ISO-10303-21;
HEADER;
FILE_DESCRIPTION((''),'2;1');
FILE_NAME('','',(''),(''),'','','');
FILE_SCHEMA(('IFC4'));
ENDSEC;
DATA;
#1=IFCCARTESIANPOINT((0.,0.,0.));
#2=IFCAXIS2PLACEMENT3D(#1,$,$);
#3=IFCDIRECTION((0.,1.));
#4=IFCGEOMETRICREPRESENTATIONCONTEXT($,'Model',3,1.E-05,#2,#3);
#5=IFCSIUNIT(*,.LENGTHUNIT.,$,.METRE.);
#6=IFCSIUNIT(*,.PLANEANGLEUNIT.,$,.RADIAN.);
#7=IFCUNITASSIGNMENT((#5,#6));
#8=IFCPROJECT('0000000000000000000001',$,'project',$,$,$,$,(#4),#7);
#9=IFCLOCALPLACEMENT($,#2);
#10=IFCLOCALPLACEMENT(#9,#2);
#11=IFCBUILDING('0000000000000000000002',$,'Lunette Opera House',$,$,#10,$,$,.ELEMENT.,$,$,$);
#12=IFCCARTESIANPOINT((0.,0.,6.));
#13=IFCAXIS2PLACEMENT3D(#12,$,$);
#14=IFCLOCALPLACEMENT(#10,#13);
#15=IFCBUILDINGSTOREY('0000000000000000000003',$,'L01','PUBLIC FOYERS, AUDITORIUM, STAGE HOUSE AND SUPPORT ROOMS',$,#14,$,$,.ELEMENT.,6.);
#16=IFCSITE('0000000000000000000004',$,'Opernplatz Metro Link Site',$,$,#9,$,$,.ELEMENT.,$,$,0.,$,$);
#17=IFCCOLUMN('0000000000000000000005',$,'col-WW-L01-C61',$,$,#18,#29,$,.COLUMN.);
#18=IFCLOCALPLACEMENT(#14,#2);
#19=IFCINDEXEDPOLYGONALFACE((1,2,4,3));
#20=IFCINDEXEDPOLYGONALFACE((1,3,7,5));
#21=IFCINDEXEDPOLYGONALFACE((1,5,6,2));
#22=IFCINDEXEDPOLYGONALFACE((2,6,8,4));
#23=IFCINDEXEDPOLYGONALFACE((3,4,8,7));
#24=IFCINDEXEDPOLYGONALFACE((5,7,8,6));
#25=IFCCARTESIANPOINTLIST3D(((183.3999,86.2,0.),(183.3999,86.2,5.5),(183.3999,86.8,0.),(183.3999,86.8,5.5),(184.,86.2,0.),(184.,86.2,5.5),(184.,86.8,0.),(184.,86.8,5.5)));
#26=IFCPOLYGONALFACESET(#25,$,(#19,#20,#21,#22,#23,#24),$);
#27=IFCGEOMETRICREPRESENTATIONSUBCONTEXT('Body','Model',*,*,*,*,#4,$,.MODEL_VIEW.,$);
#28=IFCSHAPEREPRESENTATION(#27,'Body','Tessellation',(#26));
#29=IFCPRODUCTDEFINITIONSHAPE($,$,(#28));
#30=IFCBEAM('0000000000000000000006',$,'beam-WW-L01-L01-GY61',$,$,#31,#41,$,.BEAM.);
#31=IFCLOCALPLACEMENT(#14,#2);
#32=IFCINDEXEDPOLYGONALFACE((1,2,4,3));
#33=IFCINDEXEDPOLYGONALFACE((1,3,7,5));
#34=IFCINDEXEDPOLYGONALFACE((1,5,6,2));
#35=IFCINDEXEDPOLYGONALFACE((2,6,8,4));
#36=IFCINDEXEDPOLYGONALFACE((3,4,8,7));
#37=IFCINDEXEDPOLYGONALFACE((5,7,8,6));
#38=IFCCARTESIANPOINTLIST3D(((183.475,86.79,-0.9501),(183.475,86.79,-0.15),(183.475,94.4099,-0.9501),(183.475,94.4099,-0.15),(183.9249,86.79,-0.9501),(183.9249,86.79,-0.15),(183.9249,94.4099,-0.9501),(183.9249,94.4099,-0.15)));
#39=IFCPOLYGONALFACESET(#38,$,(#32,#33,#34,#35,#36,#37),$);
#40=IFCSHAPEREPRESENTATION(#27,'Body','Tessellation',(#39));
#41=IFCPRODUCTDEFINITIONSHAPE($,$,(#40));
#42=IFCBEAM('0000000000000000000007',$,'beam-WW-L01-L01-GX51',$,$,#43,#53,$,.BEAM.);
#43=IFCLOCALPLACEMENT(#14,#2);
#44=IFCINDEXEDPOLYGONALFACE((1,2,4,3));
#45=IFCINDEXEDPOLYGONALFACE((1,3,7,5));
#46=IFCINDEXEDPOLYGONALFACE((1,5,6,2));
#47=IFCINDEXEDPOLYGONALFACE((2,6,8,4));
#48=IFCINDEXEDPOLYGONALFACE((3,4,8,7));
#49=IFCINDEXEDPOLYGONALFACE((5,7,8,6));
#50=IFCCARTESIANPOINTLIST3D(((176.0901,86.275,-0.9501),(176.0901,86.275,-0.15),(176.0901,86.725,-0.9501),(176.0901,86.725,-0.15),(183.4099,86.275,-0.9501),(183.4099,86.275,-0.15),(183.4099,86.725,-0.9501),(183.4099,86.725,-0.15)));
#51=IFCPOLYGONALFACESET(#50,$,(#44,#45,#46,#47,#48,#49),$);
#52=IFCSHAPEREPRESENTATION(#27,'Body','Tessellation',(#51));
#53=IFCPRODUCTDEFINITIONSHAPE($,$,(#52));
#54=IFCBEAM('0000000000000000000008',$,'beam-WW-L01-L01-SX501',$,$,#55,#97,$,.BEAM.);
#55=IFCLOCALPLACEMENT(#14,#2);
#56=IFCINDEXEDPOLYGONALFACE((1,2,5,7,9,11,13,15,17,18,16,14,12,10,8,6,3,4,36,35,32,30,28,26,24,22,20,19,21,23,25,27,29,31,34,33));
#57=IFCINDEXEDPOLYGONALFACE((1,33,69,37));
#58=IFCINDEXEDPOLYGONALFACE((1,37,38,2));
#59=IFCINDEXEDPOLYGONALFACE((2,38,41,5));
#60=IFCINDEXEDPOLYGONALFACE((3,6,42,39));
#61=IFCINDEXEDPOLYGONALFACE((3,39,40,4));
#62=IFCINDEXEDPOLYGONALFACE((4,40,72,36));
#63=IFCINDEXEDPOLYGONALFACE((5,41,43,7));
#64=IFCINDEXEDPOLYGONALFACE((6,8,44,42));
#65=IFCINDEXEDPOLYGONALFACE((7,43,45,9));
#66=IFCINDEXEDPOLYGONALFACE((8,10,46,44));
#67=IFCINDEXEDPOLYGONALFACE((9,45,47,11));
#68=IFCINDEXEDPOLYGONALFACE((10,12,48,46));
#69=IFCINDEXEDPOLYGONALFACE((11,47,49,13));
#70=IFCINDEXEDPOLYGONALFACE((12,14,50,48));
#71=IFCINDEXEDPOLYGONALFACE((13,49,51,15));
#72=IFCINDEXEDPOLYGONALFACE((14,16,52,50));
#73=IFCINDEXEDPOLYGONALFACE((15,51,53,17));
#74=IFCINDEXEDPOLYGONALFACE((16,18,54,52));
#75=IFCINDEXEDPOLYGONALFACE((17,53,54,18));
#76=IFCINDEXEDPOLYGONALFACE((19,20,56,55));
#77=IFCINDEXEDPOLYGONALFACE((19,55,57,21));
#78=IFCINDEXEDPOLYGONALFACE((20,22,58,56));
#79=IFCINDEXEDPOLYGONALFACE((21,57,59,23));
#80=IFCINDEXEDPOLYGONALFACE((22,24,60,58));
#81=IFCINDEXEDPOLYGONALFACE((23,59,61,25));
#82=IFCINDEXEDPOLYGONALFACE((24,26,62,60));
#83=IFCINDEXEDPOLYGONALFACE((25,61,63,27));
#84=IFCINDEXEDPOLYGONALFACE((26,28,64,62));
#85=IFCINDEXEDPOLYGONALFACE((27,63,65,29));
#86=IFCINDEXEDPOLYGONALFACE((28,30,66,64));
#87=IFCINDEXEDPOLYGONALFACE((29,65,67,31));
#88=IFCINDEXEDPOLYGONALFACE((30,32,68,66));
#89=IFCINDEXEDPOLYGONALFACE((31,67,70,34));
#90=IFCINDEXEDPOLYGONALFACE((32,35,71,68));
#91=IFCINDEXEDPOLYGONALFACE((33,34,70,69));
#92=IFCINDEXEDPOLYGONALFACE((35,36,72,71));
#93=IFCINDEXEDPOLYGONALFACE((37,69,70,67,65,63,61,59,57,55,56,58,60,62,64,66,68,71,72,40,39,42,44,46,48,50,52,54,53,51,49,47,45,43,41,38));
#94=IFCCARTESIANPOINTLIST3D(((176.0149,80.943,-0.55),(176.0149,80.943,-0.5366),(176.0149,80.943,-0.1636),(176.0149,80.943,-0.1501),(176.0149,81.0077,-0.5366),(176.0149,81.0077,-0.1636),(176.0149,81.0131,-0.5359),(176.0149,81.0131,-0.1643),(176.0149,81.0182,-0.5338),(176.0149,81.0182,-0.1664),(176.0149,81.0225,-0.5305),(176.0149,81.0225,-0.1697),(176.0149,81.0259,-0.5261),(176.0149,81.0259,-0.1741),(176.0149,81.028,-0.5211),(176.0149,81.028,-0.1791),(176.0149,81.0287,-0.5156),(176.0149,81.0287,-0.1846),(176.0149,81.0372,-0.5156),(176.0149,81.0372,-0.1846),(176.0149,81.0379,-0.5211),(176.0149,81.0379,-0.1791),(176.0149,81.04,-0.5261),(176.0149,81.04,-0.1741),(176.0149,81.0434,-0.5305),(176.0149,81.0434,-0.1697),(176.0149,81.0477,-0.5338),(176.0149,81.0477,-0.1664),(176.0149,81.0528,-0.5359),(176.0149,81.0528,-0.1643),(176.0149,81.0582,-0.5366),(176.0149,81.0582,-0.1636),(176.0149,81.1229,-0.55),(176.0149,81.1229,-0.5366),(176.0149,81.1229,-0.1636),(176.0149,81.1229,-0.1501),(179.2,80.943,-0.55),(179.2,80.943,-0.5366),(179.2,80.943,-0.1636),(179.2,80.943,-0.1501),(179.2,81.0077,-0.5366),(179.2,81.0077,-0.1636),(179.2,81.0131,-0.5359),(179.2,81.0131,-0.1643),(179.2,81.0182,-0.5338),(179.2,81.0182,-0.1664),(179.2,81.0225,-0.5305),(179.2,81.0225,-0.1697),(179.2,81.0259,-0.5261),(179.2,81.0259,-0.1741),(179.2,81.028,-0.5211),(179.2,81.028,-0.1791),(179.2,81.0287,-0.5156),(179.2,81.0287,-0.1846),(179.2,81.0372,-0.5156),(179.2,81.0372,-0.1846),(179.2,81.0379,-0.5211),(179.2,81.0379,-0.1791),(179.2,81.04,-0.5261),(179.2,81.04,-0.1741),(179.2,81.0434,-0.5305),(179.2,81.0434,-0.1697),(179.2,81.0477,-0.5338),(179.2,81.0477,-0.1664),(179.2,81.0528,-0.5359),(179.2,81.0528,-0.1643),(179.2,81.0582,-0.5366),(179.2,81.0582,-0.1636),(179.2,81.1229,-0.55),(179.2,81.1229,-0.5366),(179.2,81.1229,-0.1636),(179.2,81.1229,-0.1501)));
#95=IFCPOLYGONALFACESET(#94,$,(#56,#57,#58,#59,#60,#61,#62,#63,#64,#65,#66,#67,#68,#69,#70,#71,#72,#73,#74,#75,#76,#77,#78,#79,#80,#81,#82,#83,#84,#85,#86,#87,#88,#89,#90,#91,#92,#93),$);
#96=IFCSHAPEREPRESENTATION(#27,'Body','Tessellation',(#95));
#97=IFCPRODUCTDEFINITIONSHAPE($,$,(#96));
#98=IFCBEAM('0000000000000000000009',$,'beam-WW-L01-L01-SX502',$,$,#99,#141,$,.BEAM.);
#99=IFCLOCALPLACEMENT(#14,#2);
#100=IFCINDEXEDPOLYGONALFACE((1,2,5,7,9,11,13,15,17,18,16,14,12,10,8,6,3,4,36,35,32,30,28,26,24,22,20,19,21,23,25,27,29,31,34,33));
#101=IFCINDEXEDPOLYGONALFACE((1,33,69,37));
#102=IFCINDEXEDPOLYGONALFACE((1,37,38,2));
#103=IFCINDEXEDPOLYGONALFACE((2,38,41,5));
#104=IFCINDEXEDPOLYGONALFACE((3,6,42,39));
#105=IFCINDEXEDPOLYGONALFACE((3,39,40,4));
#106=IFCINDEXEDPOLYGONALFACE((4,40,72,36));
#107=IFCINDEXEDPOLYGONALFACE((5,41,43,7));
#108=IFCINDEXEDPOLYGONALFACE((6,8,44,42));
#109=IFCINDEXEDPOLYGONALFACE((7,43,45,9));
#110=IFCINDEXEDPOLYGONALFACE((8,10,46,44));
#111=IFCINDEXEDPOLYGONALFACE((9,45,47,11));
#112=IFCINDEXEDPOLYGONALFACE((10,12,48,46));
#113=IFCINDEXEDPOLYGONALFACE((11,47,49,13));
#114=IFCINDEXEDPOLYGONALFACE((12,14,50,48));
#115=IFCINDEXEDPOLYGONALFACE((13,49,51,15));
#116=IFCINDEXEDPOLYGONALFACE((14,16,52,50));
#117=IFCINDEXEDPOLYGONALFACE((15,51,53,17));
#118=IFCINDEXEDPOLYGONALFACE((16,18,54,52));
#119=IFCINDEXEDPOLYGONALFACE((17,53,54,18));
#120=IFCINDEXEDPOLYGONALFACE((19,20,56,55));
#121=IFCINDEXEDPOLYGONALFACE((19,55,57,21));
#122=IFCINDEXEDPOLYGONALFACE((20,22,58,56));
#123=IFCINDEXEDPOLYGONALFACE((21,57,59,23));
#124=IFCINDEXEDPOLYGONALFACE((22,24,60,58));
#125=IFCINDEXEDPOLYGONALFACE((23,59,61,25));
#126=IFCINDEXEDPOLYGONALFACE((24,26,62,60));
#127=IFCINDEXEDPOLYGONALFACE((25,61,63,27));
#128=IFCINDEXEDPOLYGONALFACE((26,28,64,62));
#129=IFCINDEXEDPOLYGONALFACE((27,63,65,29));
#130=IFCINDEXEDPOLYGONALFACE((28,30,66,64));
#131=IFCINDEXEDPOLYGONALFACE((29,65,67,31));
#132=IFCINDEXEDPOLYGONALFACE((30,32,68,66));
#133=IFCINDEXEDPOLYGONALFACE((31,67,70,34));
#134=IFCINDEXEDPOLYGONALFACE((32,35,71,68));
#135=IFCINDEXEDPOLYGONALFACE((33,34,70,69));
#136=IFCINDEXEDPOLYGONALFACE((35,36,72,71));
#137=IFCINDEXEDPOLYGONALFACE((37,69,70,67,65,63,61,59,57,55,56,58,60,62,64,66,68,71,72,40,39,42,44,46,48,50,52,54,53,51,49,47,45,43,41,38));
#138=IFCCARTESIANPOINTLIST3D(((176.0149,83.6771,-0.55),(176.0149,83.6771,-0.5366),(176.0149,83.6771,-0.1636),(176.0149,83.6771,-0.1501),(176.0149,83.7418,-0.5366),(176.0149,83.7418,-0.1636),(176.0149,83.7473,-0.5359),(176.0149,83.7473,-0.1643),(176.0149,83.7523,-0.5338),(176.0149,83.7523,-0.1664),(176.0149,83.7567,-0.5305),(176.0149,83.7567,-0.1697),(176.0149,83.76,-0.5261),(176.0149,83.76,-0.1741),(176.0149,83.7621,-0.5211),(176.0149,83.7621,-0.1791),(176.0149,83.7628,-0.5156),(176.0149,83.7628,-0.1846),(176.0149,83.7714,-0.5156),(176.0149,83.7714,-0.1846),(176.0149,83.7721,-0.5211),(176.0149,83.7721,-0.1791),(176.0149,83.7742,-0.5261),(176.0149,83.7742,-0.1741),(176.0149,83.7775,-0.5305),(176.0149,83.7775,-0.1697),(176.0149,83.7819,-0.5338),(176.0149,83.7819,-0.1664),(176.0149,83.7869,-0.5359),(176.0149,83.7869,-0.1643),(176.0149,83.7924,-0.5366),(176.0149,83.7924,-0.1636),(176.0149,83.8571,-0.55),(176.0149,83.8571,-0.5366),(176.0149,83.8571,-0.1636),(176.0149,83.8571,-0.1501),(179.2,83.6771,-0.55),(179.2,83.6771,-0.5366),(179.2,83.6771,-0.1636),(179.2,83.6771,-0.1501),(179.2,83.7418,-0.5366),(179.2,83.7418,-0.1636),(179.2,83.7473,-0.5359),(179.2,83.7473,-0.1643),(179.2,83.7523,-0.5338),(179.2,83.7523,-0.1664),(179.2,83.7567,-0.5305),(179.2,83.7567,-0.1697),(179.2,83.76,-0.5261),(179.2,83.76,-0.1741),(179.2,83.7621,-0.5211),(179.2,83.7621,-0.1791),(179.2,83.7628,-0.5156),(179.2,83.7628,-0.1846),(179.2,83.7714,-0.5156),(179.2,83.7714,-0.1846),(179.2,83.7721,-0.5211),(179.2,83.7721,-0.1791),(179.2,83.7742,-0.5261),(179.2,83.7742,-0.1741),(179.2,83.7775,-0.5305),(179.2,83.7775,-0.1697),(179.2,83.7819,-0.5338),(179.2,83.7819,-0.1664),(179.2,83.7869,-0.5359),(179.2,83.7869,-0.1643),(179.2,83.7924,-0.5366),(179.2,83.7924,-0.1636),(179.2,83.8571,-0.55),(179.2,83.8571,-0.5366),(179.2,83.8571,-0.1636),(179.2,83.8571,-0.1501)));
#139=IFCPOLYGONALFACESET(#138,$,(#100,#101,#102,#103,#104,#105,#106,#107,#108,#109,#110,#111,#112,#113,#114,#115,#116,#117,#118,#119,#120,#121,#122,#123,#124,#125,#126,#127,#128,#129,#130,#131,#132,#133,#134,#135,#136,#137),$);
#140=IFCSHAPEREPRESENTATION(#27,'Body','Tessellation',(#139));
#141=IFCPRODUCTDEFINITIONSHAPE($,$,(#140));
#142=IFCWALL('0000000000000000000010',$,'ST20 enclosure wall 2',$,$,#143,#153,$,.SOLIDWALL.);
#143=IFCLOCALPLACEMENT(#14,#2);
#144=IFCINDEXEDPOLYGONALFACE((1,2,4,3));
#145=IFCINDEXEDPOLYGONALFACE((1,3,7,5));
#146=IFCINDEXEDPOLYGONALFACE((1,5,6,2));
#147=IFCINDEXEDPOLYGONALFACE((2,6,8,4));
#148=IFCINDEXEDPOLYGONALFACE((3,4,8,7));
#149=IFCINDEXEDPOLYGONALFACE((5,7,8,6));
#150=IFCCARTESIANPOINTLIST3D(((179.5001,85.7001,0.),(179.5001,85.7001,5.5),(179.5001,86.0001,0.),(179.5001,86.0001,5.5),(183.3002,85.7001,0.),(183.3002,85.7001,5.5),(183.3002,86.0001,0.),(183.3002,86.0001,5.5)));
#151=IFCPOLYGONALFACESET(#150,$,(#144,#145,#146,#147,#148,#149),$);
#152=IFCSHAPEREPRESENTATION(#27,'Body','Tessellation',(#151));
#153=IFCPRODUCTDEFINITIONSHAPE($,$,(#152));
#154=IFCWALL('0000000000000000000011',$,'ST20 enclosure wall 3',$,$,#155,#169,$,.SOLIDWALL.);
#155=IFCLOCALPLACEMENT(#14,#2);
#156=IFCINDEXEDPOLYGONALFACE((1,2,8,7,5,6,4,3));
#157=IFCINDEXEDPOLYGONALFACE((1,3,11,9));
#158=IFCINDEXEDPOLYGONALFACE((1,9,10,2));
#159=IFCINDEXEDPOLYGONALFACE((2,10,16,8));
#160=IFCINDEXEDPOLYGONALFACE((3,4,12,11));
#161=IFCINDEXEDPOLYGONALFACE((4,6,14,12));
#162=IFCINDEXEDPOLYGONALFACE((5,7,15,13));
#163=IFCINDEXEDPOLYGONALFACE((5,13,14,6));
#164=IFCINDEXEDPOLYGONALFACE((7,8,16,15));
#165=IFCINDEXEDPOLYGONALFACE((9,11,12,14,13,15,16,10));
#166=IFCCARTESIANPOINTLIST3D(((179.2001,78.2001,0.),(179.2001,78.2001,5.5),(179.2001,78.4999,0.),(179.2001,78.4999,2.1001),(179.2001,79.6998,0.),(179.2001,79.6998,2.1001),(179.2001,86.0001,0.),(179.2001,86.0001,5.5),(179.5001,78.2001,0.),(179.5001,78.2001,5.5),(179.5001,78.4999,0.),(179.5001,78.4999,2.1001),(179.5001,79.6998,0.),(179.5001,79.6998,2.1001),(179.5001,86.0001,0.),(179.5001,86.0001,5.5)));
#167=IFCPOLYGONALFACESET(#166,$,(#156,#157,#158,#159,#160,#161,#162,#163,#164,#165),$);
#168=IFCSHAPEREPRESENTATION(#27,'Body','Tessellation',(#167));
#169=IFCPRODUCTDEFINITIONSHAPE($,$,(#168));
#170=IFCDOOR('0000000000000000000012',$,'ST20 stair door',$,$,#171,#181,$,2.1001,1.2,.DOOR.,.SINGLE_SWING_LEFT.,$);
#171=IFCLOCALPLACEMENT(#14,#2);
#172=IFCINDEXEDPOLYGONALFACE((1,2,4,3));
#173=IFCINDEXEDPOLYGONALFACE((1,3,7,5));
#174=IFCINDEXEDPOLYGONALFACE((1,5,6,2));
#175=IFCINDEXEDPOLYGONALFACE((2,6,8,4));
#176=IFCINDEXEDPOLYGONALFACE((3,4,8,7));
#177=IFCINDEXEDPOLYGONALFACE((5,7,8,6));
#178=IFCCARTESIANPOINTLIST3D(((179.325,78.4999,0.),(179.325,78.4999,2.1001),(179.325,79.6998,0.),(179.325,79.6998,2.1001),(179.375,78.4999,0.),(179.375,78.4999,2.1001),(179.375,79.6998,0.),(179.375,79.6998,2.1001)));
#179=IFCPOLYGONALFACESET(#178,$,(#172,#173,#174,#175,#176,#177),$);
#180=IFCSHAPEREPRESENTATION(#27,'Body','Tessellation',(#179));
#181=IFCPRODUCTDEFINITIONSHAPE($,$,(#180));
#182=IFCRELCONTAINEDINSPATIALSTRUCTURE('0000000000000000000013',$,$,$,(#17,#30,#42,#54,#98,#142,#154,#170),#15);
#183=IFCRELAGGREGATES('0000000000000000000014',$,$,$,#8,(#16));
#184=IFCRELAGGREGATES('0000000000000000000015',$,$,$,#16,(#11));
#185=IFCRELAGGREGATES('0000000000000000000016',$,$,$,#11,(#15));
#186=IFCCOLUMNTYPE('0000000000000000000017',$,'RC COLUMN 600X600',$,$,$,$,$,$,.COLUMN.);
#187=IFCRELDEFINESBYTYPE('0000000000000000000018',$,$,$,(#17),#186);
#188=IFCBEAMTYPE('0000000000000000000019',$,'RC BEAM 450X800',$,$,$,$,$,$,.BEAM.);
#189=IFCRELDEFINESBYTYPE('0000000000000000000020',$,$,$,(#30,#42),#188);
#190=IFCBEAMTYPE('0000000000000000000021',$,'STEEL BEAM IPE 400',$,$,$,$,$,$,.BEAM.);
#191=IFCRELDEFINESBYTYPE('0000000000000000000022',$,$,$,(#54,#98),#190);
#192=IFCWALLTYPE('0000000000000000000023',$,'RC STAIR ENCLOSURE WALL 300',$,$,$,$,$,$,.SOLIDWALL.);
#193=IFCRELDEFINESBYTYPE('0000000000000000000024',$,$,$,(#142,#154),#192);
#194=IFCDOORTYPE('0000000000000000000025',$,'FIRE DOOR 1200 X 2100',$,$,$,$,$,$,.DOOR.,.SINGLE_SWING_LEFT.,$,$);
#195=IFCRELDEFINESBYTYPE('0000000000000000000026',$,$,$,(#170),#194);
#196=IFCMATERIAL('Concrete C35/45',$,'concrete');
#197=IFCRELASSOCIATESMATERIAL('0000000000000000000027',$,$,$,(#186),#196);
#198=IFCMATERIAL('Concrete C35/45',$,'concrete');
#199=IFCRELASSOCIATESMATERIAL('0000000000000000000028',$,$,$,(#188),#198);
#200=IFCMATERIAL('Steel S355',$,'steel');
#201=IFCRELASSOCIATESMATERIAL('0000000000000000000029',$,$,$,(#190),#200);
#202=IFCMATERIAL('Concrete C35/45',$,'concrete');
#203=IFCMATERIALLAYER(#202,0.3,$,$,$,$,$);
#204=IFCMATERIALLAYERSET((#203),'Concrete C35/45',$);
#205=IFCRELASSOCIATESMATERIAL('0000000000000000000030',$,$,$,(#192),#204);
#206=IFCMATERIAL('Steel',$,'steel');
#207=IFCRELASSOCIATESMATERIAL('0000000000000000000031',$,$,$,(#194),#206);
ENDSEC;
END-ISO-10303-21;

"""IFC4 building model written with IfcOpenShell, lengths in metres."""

from ifc_helpers import new_model, si_unit, direction, frame, frame_2d, origin, origin_2d, place, context, subcontext, project, spatial, rectangle, i_section, extrude, material, layer, layer_set, material_profile, profile_set, type_object, element, fill, save


model = new_model("IFC4")

# Units and contexts
model_context = context("Model", 3, precision=1e-05, world=origin(), true_north=direction((0.0, 1.0)))
body_context = subcontext(model_context, "Body", "Model", "MODEL_VIEW")
ifc_project = project(units=[si_unit("LENGTHUNIT", "METRE"), si_unit("PLANEANGLEUNIT", "RADIAN")], contexts=[model_context])

# Site, building, storey
site_placement = place(None, origin())
site = spatial("IfcSite", under=ifc_project, at=site_placement, Name="Opernplatz Metro Link Site", CompositionType="ELEMENT", RefElevation=0.0)
building_placement = place(site_placement, origin())
building = spatial("IfcBuilding", under=site, at=building_placement, Name="Lunette Opera House", CompositionType="ELEMENT")
storey_placement = place(building_placement, frame((0.0, 0.0, 6.0)))
storey = spatial("IfcBuildingStorey", under=building, at=storey_placement, Name="L01", Description="PUBLIC FOYERS, AUDITORIUM, STAGE HOUSE AND SUPPORT ROOMS", CompositionType="ELEMENT", Elevation=6.0)

# Column
ifc_material_1 = material(Name="Concrete C35/45", Category="concrete")
ifc_material_profile_1 = material_profile(ifc_material_1, rectangle(XDim=0.6001, YDim=0.6001, at=origin_2d()), Name="RC COLUMN 600X600")
ifc_profile_set_1 = profile_set([ifc_material_profile_1], Name="Concrete C35/45")
column_type = type_object("IfcColumnType", Name="RC COLUMN 600X600", PredefinedType="COLUMN", material=ifc_profile_set_1)
column_placement = place(storey_placement, frame((183.7, 86.5, 0.0), z_axis=(0.0, 0.0, 1.0), x_axis=(1.0, 0.0, 0.0)))
element("IfcColumn", 1, at=column_placement, inside=storey, type_object=column_type, Name="col-WW-L01-C61", PredefinedType="COLUMN", context=body_context, shape_type="SweptSolid", body=[
    extrude(rectangle(XDim=0.6001, YDim=0.6001, at=origin_2d()), origin(), (0.0, 0.0, 1.0), 5.5),
])

# Beams
ifc_material_2 = material(Name="Concrete C35/45", Category="concrete")
ifc_material_profile_2 = material_profile(ifc_material_2, rectangle(XDim=0.45, YDim=0.8, at=origin_2d()), Name="RC BEAM 450X800")
ifc_profile_set_2 = profile_set([ifc_material_profile_2], Name="Concrete C35/45")
beam_type_1 = type_object("IfcBeamType", Name="RC BEAM 450X800", PredefinedType="BEAM", material=ifc_profile_set_2)
beam_1_placement = place(storey_placement, frame((183.7, 86.79, -0.55), z_axis=(0.0, 1.0, 0.0), x_axis=(-1.0, 0.0, 0.0)))
element("IfcBeam", 2, at=beam_1_placement, inside=storey, type_object=beam_type_1, Name="beam-WW-L01-L01-GY61", PredefinedType="BEAM", context=body_context, shape_type="SweptSolid", body=[
    extrude(rectangle(XDim=0.45, YDim=0.8, at=origin_2d()), origin(), (0.0, 0.0, 1.0), 7.6199),
])
beam_2_placement = place(storey_placement, frame((176.0901, 86.5, -0.55), z_axis=(1.0, 0.0, 0.0), x_axis=(0.0, 1.0, 0.0)))
element("IfcBeam", 3, at=beam_2_placement, inside=storey, type_object=beam_type_1, Name="beam-WW-L01-L01-GX51", PredefinedType="BEAM", context=body_context, shape_type="SweptSolid", body=[
    extrude(rectangle(XDim=0.45, YDim=0.8, at=origin_2d()), origin(), (0.0, 0.0, 1.0), 7.3198),
])
ifc_material_3 = material(Name="Steel S355", Category="steel")
ifc_material_profile_3 = material_profile(ifc_material_3, i_section(OverallWidth=0.1799, OverallDepth=0.3999, WebThickness=0.0085, FlangeThickness=0.0134, FilletRadius=0.021, at=origin_2d()), Name="IPE 400")
ifc_profile_set_3 = profile_set([ifc_material_profile_3], Name="Steel S355")
beam_type_2 = type_object("IfcBeamType", Name="STEEL BEAM IPE 400", PredefinedType="BEAM", material=ifc_profile_set_3)
for number, where, z_axis, x_axis, name in (
    (4, (176.0149, 81.033, -0.3501), (1.0, 0.0, 0.0), (0.0, 1.0, 0.0), "beam-WW-L01-L01-SX501"),
    (5, (176.0149, 83.7671, -0.3501), (1.0, 0.0, 0.0), (0.0, 1.0, 0.0), "beam-WW-L01-L01-SX502"),
):
    element("IfcBeam", number, at=place(storey_placement, frame(where, z_axis=z_axis, x_axis=x_axis)), inside=storey, type_object=beam_type_2, Name=name, PredefinedType="BEAM", context=body_context, shape_type="SweptSolid", body=[
        extrude(i_section(OverallWidth=0.1799, OverallDepth=0.3999, WebThickness=0.0085, FlangeThickness=0.0134, FilletRadius=0.021, at=origin_2d()), origin(), (0.0, 0.0, 1.0), 3.1851),
    ])

# Wall
ifc_material_4 = material(Name="Concrete C35/45", Category="concrete")
ifc_layer_1 = layer(ifc_material_4, 0.3)
ifc_layer_set_1 = layer_set([ifc_layer_1], Name="Concrete C35/45")
wall_type_1 = type_object("IfcWallType", Name="RC STAIR ENCLOSURE WALL 300", PredefinedType="SOLIDWALL", material=ifc_layer_set_1)
wall_1_placement = place(storey_placement, frame((183.3, 85.8501, 0.0), z_axis=(0.0, 0.0, 1.0), x_axis=(-1.0, 0.0, 0.0)))
element("IfcWall", 6, at=wall_1_placement, inside=storey, type_object=wall_type_1, Name="ST20 enclosure wall 2", PredefinedType="SOLIDWALL", context=body_context, shape_type="SweptSolid", body=[
    extrude(rectangle(XDim=3.8, YDim=0.3, at=frame_2d((1.8999, 0.0))), origin(), (0.0, 0.0, 1.0), 5.5),
])

# Wall, opening, door
wall_2_placement = place(storey_placement, frame((179.3501, 86.0, 0.0), z_axis=(0.0, 0.0, 1.0), x_axis=(0.0, -1.0, 0.0)))
wall_2 = element("IfcWall", 7, at=wall_2_placement, inside=storey, type_object=wall_type_1, Name="ST20 enclosure wall 3", PredefinedType="SOLIDWALL", context=body_context, shape_type="SweptSolid", body=[
    extrude(rectangle(XDim=7.8, YDim=0.3, at=frame_2d((3.8999, 0.0))), origin(), (0.0, 0.0, 1.0), 5.5),
])
opening_placement = place(wall_2_placement, frame((6.3, 0.0, 0.0)))
opening = element("IfcOpeningElement", 8, at=opening_placement, cuts=wall_2, PredefinedType="OPENING", context=body_context, shape_type="SweptSolid", body=[
    extrude(rectangle(XDim=1.2, YDim=2.1001, at=frame_2d((0.6001, 1.05))), frame((0.0, 0.1621, 0.0), z_axis=(0.0, -1.0, 0.0), x_axis=(1.0, 0.0, 0.0)), (0.0, 0.0, 1.0), 0.324),
])
ifc_material_5 = material(Name="Steel", Category="steel")
door_type = type_object("IfcDoorType", Name="FIRE DOOR 1200 X 2100", OperationType="SINGLE_SWING_LEFT", PredefinedType="DOOR", material=ifc_material_5)
door_placement = place(opening_placement, origin())
door = element("IfcDoor", 9, at=door_placement, inside=storey, type_object=door_type, Name="ST20 stair door", OperationType="SINGLE_SWING_LEFT", OverallHeight=2.1001, OverallWidth=1.2, PredefinedType="DOOR", context=body_context, shape_type="SweptSolid", body=[
    extrude(rectangle(XDim=1.2, YDim=2.1001, at=frame_2d((0.6001, 1.05))), frame((0.0, 0.0249, 0.0), z_axis=(0.0, -1.0, 0.0), x_axis=(1.0, 0.0, 0.0)), (0.0, 0.0, 1.0), 0.05),
])
fill(opening, door)

save(model, "model.ifc")
